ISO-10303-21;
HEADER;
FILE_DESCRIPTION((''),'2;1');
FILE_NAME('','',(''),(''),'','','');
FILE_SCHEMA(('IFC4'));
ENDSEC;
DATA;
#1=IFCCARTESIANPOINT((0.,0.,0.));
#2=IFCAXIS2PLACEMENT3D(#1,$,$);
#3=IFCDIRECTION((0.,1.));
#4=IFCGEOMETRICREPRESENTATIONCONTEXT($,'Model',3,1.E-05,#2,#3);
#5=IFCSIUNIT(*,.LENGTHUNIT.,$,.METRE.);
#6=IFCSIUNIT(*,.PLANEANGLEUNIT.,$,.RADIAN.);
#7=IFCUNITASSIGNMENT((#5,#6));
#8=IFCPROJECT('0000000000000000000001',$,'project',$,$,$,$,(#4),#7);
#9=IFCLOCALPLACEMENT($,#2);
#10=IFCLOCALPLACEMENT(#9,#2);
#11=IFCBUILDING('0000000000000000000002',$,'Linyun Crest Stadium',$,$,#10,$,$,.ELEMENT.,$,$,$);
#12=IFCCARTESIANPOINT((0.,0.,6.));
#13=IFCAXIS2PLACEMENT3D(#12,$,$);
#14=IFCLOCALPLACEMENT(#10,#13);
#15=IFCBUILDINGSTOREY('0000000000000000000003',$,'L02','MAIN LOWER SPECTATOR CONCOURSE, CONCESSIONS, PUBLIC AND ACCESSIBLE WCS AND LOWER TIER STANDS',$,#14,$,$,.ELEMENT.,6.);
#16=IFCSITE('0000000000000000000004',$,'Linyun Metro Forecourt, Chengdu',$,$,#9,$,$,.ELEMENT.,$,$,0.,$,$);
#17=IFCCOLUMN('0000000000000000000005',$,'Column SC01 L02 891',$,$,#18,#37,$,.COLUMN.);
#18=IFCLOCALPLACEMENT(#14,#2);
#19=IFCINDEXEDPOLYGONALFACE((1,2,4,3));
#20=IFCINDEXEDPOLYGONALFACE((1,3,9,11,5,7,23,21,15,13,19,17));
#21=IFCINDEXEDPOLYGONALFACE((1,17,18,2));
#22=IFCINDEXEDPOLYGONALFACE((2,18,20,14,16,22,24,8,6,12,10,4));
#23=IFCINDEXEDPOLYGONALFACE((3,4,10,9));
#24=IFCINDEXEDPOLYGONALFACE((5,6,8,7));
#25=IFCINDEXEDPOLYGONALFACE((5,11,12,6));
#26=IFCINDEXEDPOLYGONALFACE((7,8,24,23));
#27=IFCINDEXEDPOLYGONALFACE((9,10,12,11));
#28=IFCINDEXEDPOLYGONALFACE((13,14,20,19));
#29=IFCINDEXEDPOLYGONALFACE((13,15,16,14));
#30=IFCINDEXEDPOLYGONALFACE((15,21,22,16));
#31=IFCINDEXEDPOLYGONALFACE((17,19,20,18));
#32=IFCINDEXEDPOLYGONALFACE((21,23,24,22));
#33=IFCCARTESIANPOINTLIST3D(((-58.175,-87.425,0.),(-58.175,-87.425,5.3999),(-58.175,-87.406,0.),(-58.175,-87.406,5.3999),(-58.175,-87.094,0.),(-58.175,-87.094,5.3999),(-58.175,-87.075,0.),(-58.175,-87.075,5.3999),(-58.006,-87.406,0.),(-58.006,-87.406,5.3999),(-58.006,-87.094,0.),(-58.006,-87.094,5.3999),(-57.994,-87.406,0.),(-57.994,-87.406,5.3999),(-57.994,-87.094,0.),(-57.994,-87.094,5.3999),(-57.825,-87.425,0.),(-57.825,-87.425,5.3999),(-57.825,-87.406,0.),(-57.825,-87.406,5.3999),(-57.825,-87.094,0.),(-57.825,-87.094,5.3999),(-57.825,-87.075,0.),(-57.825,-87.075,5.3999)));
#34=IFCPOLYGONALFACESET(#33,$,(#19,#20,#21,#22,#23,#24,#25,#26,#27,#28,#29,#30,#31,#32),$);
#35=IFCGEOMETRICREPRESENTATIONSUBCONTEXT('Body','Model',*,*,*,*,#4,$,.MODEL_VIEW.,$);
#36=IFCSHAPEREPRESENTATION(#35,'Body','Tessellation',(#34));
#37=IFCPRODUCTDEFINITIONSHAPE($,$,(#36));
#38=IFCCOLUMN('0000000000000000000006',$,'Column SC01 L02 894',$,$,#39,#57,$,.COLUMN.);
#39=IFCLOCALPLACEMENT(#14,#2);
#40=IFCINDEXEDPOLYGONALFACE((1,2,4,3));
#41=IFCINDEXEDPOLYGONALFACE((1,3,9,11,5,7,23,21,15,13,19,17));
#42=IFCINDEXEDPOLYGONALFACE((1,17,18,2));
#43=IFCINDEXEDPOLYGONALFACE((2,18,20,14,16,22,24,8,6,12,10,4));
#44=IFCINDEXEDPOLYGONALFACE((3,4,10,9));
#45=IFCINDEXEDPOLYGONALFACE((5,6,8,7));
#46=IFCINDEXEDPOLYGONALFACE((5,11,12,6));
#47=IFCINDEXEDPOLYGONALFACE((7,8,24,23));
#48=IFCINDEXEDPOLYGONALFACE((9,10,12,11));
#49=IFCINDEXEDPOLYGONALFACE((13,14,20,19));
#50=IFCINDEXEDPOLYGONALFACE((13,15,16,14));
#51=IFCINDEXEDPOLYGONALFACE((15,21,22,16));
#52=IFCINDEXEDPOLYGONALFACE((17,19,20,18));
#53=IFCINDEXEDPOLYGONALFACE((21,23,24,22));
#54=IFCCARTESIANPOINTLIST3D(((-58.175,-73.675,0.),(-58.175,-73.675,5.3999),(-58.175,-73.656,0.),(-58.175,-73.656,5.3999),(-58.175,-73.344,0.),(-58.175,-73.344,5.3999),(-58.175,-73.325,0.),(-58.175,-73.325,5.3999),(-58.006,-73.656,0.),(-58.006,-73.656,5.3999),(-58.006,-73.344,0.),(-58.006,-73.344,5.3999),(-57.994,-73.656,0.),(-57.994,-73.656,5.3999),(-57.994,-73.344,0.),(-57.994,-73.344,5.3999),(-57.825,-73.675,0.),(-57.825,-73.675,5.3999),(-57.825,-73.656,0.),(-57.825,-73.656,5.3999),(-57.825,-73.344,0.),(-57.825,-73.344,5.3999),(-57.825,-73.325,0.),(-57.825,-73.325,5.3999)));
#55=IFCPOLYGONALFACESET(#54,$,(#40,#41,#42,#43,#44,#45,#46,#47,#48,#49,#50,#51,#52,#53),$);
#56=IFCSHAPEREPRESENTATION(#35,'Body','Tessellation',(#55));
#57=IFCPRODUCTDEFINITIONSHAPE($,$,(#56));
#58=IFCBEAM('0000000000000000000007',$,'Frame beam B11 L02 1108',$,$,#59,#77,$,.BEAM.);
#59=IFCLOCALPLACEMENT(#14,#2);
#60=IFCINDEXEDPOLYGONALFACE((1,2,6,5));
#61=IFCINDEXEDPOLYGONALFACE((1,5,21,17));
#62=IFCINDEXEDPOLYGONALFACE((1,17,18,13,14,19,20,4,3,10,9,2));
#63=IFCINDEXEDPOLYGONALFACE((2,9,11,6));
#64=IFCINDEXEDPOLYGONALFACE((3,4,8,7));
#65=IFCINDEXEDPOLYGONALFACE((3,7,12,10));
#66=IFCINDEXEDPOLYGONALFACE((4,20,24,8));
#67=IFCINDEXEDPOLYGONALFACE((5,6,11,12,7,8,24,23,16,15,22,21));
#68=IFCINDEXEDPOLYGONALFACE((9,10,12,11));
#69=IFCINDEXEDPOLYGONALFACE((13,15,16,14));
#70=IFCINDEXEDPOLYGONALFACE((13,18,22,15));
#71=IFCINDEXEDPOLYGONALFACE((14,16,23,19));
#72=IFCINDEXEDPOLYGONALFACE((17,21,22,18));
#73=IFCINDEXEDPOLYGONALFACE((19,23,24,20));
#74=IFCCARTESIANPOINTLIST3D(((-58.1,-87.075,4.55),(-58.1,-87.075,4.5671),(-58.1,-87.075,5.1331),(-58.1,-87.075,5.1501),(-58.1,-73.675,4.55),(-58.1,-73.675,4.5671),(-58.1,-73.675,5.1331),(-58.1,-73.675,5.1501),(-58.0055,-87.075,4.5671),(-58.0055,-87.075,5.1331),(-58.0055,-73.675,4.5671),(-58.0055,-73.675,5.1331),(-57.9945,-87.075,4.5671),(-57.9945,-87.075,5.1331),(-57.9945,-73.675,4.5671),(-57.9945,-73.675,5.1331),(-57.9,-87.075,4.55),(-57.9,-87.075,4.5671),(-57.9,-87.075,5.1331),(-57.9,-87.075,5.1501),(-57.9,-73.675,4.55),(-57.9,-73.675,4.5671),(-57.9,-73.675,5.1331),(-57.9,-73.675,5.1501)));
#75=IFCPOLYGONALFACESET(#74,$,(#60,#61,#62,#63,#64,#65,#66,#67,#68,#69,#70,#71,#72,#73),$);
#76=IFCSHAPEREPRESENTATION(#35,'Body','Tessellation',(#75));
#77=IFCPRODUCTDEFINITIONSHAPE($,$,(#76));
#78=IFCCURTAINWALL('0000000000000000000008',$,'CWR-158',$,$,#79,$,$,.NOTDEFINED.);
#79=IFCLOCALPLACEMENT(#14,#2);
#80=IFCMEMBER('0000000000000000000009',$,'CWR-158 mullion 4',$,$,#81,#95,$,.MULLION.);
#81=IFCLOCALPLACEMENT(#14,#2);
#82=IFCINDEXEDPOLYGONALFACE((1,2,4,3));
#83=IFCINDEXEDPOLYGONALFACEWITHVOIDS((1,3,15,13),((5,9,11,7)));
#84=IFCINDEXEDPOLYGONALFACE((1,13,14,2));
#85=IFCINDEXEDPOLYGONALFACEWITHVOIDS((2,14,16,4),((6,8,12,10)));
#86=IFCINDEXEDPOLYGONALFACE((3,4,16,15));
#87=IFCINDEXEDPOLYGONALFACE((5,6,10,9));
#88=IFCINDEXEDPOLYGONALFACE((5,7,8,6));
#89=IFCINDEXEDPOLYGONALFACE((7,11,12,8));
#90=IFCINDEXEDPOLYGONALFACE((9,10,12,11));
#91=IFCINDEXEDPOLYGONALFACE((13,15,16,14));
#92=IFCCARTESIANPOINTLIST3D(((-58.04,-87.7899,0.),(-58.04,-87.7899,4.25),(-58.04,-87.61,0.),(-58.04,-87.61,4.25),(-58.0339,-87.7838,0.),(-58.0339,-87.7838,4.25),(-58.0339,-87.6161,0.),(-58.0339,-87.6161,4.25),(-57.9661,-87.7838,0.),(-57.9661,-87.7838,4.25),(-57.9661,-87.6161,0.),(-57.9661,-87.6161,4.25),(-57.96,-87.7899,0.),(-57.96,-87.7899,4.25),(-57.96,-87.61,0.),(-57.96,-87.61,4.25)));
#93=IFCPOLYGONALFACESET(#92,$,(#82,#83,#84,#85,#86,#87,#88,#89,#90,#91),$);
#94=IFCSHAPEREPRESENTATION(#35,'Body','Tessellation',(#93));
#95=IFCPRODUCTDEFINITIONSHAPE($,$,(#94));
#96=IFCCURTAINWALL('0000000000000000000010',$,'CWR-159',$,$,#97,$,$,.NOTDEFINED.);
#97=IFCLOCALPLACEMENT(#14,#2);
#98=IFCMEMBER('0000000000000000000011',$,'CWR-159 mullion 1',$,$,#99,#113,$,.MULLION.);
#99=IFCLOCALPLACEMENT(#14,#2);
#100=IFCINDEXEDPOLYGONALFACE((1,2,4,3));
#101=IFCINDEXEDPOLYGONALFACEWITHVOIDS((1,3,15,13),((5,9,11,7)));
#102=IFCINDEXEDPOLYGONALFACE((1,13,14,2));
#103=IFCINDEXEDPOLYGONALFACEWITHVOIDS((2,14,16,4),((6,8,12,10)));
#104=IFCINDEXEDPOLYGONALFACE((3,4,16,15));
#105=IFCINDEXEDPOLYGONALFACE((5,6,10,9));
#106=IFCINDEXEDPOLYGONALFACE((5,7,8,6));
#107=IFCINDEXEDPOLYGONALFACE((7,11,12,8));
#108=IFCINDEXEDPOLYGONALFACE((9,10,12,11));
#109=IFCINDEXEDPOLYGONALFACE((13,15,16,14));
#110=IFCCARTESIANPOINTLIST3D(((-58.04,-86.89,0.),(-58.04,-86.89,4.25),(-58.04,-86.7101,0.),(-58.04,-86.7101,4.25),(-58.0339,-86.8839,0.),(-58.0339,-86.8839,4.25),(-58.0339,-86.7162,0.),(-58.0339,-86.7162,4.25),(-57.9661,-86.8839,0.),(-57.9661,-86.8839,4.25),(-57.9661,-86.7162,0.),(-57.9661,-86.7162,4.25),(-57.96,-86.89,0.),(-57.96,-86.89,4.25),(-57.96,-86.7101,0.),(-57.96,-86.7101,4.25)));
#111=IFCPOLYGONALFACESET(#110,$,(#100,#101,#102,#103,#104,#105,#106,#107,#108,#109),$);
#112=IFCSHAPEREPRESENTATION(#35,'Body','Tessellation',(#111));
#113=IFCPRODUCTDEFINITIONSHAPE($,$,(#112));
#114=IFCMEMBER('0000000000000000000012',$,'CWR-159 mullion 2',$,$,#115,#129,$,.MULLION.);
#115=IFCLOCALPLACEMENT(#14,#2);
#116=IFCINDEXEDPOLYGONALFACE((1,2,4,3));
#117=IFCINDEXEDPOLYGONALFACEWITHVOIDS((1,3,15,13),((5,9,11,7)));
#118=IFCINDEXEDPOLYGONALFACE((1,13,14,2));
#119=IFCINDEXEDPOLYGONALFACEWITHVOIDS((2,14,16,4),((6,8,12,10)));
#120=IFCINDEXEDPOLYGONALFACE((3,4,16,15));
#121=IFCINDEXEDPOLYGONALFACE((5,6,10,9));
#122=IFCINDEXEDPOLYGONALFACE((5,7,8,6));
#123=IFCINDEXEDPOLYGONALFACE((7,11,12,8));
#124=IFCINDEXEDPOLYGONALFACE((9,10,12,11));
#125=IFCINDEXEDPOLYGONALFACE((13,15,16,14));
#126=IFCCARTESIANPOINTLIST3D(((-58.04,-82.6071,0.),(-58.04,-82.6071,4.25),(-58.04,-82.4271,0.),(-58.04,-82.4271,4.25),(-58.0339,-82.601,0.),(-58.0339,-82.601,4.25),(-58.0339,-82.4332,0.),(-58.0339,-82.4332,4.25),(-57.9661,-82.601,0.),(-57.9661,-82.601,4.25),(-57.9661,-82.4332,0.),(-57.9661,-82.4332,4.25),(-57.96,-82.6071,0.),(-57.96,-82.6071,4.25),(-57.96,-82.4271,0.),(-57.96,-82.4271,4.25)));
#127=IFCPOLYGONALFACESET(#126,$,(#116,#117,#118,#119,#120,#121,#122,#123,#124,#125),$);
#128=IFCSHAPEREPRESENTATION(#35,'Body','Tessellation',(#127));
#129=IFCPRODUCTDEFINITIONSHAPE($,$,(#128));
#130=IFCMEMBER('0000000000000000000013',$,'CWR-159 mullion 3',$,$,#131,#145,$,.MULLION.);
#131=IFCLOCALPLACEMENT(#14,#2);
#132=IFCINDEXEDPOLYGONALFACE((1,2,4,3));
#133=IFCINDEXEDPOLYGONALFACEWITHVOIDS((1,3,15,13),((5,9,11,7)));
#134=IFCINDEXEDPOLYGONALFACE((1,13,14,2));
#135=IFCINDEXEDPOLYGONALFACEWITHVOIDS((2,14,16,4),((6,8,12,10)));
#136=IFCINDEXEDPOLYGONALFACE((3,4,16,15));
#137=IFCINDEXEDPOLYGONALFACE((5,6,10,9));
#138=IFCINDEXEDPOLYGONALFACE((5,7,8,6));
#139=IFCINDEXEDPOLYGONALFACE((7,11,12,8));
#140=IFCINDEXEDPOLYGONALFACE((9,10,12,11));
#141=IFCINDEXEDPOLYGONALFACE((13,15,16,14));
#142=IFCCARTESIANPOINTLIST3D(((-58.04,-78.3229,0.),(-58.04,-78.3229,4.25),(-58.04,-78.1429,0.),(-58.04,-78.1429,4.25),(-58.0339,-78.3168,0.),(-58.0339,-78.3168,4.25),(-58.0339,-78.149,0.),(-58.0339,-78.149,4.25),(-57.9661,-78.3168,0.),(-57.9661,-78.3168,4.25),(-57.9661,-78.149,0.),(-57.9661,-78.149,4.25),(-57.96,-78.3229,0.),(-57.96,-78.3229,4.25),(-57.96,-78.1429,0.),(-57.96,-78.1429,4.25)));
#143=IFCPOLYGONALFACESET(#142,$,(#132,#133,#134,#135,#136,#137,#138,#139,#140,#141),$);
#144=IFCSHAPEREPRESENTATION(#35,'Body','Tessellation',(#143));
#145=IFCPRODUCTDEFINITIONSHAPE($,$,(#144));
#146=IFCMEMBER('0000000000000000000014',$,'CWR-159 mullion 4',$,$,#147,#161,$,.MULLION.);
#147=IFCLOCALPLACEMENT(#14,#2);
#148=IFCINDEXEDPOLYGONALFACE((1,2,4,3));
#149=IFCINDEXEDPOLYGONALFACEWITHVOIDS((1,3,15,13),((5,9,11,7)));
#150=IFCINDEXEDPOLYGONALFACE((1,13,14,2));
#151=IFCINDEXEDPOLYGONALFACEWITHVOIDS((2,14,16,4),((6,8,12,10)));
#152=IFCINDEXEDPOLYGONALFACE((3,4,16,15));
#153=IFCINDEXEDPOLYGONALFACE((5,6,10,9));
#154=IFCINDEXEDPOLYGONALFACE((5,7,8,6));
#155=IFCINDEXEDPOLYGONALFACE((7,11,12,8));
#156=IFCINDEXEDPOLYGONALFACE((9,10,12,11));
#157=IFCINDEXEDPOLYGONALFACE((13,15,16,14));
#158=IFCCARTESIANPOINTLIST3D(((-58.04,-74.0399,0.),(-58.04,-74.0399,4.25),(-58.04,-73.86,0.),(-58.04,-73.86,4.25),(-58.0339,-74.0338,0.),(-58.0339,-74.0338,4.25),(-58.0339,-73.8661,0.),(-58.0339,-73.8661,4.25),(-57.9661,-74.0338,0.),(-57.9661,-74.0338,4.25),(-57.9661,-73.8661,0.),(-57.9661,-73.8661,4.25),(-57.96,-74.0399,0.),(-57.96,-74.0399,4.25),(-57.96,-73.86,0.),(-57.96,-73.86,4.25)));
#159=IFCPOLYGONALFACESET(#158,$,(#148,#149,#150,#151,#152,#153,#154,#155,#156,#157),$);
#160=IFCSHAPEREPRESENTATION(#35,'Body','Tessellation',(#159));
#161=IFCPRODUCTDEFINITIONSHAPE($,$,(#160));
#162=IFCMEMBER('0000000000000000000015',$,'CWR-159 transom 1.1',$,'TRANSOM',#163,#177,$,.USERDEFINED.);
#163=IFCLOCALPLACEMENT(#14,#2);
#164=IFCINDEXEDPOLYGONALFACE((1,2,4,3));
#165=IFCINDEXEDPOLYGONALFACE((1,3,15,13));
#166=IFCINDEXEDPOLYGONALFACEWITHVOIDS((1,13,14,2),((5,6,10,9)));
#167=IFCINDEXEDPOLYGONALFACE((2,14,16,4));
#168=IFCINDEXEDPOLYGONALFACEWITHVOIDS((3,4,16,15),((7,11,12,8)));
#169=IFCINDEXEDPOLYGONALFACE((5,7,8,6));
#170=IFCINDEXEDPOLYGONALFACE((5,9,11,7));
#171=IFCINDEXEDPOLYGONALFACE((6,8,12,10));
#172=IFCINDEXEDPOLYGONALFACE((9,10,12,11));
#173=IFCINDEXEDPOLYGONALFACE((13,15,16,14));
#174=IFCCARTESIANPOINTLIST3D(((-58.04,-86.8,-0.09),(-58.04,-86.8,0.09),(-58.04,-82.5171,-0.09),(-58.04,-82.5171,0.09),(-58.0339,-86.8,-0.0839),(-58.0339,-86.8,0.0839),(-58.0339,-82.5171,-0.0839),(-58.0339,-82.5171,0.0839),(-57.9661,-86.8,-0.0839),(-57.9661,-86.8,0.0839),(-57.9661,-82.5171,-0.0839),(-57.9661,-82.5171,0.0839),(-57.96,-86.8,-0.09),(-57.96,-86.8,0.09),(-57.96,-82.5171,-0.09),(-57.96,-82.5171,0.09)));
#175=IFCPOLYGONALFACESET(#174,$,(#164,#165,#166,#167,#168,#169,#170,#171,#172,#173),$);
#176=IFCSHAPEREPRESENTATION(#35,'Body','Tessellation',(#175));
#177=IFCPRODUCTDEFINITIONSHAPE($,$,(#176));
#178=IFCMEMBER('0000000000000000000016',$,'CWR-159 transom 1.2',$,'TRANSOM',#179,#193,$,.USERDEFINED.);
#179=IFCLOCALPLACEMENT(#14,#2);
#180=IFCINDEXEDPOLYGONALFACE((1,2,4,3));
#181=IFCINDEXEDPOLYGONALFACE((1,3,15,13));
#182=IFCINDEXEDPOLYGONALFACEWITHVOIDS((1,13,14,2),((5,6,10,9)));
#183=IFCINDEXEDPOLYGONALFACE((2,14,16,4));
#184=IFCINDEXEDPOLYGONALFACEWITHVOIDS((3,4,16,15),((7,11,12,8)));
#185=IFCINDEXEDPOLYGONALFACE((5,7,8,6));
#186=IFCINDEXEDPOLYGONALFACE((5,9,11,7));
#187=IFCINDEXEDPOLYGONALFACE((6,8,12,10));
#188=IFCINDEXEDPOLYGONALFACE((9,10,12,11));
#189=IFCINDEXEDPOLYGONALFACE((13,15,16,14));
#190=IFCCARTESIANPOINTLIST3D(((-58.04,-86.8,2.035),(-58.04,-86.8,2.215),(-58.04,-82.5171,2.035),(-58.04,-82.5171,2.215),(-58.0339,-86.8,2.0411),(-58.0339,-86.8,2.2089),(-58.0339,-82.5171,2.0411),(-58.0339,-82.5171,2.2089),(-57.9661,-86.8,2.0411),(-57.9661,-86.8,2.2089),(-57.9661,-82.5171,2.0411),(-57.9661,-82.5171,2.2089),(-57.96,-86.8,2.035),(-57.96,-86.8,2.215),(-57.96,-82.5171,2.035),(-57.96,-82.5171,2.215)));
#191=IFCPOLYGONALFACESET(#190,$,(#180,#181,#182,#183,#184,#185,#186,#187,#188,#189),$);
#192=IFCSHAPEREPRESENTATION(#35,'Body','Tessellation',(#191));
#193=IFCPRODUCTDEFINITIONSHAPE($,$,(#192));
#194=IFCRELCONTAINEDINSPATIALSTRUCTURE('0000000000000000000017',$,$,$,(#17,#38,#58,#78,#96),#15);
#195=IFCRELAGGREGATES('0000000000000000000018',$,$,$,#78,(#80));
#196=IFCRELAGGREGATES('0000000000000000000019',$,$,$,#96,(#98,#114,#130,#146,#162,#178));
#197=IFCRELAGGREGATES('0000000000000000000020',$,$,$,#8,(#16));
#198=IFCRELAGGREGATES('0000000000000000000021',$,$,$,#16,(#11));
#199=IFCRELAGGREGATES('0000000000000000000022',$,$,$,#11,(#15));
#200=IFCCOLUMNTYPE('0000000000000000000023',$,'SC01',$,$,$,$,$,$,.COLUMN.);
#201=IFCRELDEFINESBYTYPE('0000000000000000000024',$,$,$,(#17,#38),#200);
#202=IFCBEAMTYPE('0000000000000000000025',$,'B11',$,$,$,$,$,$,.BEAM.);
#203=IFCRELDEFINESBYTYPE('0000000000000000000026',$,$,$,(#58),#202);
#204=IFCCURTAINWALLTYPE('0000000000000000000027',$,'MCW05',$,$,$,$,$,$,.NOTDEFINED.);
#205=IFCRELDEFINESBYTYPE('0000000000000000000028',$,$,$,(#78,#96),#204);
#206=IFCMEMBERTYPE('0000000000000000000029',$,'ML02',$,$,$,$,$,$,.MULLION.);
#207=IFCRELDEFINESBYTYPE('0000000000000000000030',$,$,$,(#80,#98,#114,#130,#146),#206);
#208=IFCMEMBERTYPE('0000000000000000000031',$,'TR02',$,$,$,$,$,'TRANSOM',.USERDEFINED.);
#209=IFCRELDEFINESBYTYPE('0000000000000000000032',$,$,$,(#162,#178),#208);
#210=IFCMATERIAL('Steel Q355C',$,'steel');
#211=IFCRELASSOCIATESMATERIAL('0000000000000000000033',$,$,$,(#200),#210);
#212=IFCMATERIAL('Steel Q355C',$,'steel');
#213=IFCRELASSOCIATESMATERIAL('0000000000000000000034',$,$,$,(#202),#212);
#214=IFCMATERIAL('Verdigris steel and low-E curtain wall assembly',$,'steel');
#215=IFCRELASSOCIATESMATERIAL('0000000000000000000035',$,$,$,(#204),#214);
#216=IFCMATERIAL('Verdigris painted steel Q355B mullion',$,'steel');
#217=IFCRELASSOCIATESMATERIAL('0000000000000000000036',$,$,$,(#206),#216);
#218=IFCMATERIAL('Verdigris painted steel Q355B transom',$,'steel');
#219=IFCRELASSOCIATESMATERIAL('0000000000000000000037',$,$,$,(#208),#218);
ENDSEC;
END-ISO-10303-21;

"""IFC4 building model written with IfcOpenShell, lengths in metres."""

from ifc_helpers import new_model, si_unit, direction, frame, origin, origin_2d, place, context, subcontext, project, spatial, hollow_rectangle, i_section, extrude, material, material_profile, profile_set, type_object, element, aggregate, save


model = new_model("IFC4")

# Units and contexts
model_context = context("Model", 3, precision=1e-05, world=origin(), true_north=direction((0.0, 1.0)))
body_context = subcontext(model_context, "Body", "Model", "MODEL_VIEW")
ifc_project = project(units=[si_unit("LENGTHUNIT", "METRE"), si_unit("PLANEANGLEUNIT", "RADIAN")], contexts=[model_context])

# Site, building, storey
site_placement = place(None, origin())
site = spatial("IfcSite", under=ifc_project, at=site_placement, Name="Linyun Metro Forecourt, Chengdu", CompositionType="ELEMENT", RefElevation=0.0)
building_placement = place(site_placement, origin())
building = spatial("IfcBuilding", under=site, at=building_placement, Name="Linyun Crest Stadium", CompositionType="ELEMENT")
storey_placement = place(building_placement, frame((0.0, 0.0, 6.0)))
storey = spatial("IfcBuildingStorey", under=building, at=storey_placement, Name="L02", Description="MAIN LOWER SPECTATOR CONCOURSE, CONCESSIONS, PUBLIC AND ACCESSIBLE WCS AND LOWER TIER STANDS", CompositionType="ELEMENT", Elevation=6.0)

# Columns
ifc_material_1 = material(Name="Steel Q355C", Category="steel")
ifc_material_profile_1 = material_profile(ifc_material_1, i_section(OverallWidth=0.3501, OverallDepth=0.3501, WebThickness=0.012, FlangeThickness=0.019, at=origin_2d()), Name="HW 350x350")
ifc_profile_set_1 = profile_set([ifc_material_profile_1], Name="Steel Q355C")
column_type = type_object("IfcColumnType", Name="SC01", PredefinedType="COLUMN", material=ifc_profile_set_1)
for number, where, z_axis, x_axis, name in (
    (1, (-58.0, -87.25, 0.0), (0.0, 0.0, 1.0), (1.0, 0.0, 0.0), "Column SC01 L02 891"),
    (2, (-58.0, -73.5, 0.0), (0.0, 0.0, 1.0), (1.0, 0.0, 0.0), "Column SC01 L02 894"),
):
    element("IfcColumn", number, at=place(storey_placement, frame(where, z_axis=z_axis, x_axis=x_axis)), inside=storey, type_object=column_type, Name=name, PredefinedType="COLUMN", context=body_context, shape_type="SweptSolid", body=[
        extrude(i_section(OverallWidth=0.3501, OverallDepth=0.3501, WebThickness=0.012, FlangeThickness=0.019, at=origin_2d()), origin(), (0.0, 0.0, 1.0), 5.3999),
    ])

# Beam
ifc_material_2 = material(Name="Steel Q355C", Category="steel")
ifc_material_profile_2 = material_profile(ifc_material_2, i_section(OverallWidth=0.2, OverallDepth=0.6001, WebThickness=0.011, FlangeThickness=0.0171, at=origin_2d()), Name="HN 600x200")
ifc_profile_set_2 = profile_set([ifc_material_profile_2], Name="Steel Q355C")
beam_type = type_object("IfcBeamType", Name="B11", PredefinedType="BEAM", material=ifc_profile_set_2)
beam_placement = place(storey_placement, frame((-58.0, -87.075, 4.8501), z_axis=(0.0, 1.0, 0.0), x_axis=(-1.0, 0.0, 0.0)))
element("IfcBeam", 3, at=beam_placement, inside=storey, type_object=beam_type, Name="Frame beam B11 L02 1108", PredefinedType="BEAM", context=body_context, shape_type="SweptSolid", body=[
    extrude(i_section(OverallWidth=0.2, OverallDepth=0.6001, WebThickness=0.011, FlangeThickness=0.0171, at=origin_2d()), origin(), (0.0, 0.0, 1.0), 13.3999),
])

# Curtain wall, member
ifc_material_3 = material(Name="Verdigris steel and low-E curtain wall assembly", Category="steel")
curtain_wall_type = type_object("IfcCurtainWallType", Name="MCW05", PredefinedType="NOTDEFINED", material=ifc_material_3)
curtain_wall_1_placement = place(storey_placement, origin())
curtain_wall_1 = element("IfcCurtainWall", 4, at=curtain_wall_1_placement, inside=storey, type_object=curtain_wall_type, Name="CWR-158", PredefinedType="NOTDEFINED")
ifc_material_4 = material(Name="Verdigris painted steel Q355B mullion", Category="steel")
ifc_material_profile_3 = material_profile(ifc_material_4, hollow_rectangle(XDim=0.0801, YDim=0.1799, WallThickness=0.0061, at=origin_2d()), Name="RHS 180x80x6")
ifc_profile_set_3 = profile_set([ifc_material_profile_3], Name="Verdigris painted steel Q355B mullion")
member_type_1 = type_object("IfcMemberType", Name="ML02", PredefinedType="MULLION", material=ifc_profile_set_3)
member_1_placement = place(storey_placement, frame((-58.0, -87.7, 0.0), z_axis=(0.0, 0.0, 1.0), x_axis=(-1.0, 0.0, 0.0)))
member_1 = element("IfcMember", 5, at=member_1_placement, type_object=member_type_1, Name="CWR-158 mullion 4", PredefinedType="MULLION", context=body_context, shape_type="SweptSolid", body=[
    extrude(hollow_rectangle(XDim=0.0801, YDim=0.1799, WallThickness=0.0061, at=origin_2d()), origin(), (0.0, 0.0, 1.0), 4.25),
])
aggregate(curtain_wall_1, [member_1])

# Curtain wall, members
curtain_wall_2_placement = place(storey_placement, origin())
curtain_wall_2 = element("IfcCurtainWall", 6, at=curtain_wall_2_placement, inside=storey, type_object=curtain_wall_type, Name="CWR-159", PredefinedType="NOTDEFINED")
member_2_placement = place(storey_placement, frame((-58.0, -86.8, 0.0), z_axis=(0.0, 0.0, 1.0), x_axis=(-1.0, 0.0, 0.0)))
member_2 = element("IfcMember", 7, at=member_2_placement, type_object=member_type_1, Name="CWR-159 mullion 1", PredefinedType="MULLION", context=body_context, shape_type="SweptSolid", body=[
    extrude(hollow_rectangle(XDim=0.0801, YDim=0.1799, WallThickness=0.0061, at=origin_2d()), origin(), (0.0, 0.0, 1.0), 4.25),
])
member_3_placement = place(storey_placement, frame((-58.0, -82.5171, 0.0), z_axis=(0.0, 0.0, 1.0), x_axis=(-1.0, 0.0, 0.0)))
member_3 = element("IfcMember", 8, at=member_3_placement, type_object=member_type_1, Name="CWR-159 mullion 2", PredefinedType="MULLION", context=body_context, shape_type="SweptSolid", body=[
    extrude(hollow_rectangle(XDim=0.0801, YDim=0.1799, WallThickness=0.0061, at=origin_2d()), origin(), (0.0, 0.0, 1.0), 4.25),
])
member_4_placement = place(storey_placement, frame((-58.0, -78.2329, 0.0), z_axis=(0.0, 0.0, 1.0), x_axis=(-1.0, 0.0, 0.0)))
member_4 = element("IfcMember", 9, at=member_4_placement, type_object=member_type_1, Name="CWR-159 mullion 3", PredefinedType="MULLION", context=body_context, shape_type="SweptSolid", body=[
    extrude(hollow_rectangle(XDim=0.0801, YDim=0.1799, WallThickness=0.0061, at=origin_2d()), origin(), (0.0, 0.0, 1.0), 4.25),
])
member_5_placement = place(storey_placement, frame((-58.0, -73.95, 0.0), z_axis=(0.0, 0.0, 1.0), x_axis=(-1.0, 0.0, 0.0)))
member_5 = element("IfcMember", 10, at=member_5_placement, type_object=member_type_1, Name="CWR-159 mullion 4", PredefinedType="MULLION", context=body_context, shape_type="SweptSolid", body=[
    extrude(hollow_rectangle(XDim=0.0801, YDim=0.1799, WallThickness=0.0061, at=origin_2d()), origin(), (0.0, 0.0, 1.0), 4.25),
])
ifc_material_5 = material(Name="Verdigris painted steel Q355B transom", Category="steel")
ifc_material_profile_4 = material_profile(ifc_material_5, hollow_rectangle(XDim=0.0801, YDim=0.1799, WallThickness=0.0061, at=origin_2d()), Name="RHS 180x80x6")
ifc_profile_set_4 = profile_set([ifc_material_profile_4], Name="Verdigris painted steel Q355B transom")
member_type_2 = type_object("IfcMemberType", Name="TR02", ElementType="TRANSOM", PredefinedType="USERDEFINED", material=ifc_profile_set_4)
member_6_placement = place(storey_placement, frame((-58.0, -86.8, 0.0), z_axis=(0.0, 1.0, 0.0), x_axis=(-1.0, 0.0, 0.0)))
member_6 = element("IfcMember", 11, at=member_6_placement, type_object=member_type_2, Name="CWR-159 transom 1.1", ObjectType="TRANSOM", PredefinedType="USERDEFINED", context=body_context, shape_type="SweptSolid", body=[
    extrude(hollow_rectangle(XDim=0.0801, YDim=0.1799, WallThickness=0.0061, at=origin_2d()), origin(), (0.0, 0.0, 1.0), 4.283),
])
member_7_placement = place(storey_placement, frame((-58.0, -86.8, 2.125), z_axis=(0.0, 1.0, 0.0), x_axis=(-1.0, 0.0, 0.0)))
member_7 = element("IfcMember", 12, at=member_7_placement, type_object=member_type_2, Name="CWR-159 transom 1.2", ObjectType="TRANSOM", PredefinedType="USERDEFINED", context=body_context, shape_type="SweptSolid", body=[
    extrude(hollow_rectangle(XDim=0.0801, YDim=0.1799, WallThickness=0.0061, at=origin_2d()), origin(), (0.0, 0.0, 1.0), 4.283),
])
aggregate(curtain_wall_2, [member_2, member_3, member_4, member_5, member_6, member_7])

save(model, "model.ifc")
